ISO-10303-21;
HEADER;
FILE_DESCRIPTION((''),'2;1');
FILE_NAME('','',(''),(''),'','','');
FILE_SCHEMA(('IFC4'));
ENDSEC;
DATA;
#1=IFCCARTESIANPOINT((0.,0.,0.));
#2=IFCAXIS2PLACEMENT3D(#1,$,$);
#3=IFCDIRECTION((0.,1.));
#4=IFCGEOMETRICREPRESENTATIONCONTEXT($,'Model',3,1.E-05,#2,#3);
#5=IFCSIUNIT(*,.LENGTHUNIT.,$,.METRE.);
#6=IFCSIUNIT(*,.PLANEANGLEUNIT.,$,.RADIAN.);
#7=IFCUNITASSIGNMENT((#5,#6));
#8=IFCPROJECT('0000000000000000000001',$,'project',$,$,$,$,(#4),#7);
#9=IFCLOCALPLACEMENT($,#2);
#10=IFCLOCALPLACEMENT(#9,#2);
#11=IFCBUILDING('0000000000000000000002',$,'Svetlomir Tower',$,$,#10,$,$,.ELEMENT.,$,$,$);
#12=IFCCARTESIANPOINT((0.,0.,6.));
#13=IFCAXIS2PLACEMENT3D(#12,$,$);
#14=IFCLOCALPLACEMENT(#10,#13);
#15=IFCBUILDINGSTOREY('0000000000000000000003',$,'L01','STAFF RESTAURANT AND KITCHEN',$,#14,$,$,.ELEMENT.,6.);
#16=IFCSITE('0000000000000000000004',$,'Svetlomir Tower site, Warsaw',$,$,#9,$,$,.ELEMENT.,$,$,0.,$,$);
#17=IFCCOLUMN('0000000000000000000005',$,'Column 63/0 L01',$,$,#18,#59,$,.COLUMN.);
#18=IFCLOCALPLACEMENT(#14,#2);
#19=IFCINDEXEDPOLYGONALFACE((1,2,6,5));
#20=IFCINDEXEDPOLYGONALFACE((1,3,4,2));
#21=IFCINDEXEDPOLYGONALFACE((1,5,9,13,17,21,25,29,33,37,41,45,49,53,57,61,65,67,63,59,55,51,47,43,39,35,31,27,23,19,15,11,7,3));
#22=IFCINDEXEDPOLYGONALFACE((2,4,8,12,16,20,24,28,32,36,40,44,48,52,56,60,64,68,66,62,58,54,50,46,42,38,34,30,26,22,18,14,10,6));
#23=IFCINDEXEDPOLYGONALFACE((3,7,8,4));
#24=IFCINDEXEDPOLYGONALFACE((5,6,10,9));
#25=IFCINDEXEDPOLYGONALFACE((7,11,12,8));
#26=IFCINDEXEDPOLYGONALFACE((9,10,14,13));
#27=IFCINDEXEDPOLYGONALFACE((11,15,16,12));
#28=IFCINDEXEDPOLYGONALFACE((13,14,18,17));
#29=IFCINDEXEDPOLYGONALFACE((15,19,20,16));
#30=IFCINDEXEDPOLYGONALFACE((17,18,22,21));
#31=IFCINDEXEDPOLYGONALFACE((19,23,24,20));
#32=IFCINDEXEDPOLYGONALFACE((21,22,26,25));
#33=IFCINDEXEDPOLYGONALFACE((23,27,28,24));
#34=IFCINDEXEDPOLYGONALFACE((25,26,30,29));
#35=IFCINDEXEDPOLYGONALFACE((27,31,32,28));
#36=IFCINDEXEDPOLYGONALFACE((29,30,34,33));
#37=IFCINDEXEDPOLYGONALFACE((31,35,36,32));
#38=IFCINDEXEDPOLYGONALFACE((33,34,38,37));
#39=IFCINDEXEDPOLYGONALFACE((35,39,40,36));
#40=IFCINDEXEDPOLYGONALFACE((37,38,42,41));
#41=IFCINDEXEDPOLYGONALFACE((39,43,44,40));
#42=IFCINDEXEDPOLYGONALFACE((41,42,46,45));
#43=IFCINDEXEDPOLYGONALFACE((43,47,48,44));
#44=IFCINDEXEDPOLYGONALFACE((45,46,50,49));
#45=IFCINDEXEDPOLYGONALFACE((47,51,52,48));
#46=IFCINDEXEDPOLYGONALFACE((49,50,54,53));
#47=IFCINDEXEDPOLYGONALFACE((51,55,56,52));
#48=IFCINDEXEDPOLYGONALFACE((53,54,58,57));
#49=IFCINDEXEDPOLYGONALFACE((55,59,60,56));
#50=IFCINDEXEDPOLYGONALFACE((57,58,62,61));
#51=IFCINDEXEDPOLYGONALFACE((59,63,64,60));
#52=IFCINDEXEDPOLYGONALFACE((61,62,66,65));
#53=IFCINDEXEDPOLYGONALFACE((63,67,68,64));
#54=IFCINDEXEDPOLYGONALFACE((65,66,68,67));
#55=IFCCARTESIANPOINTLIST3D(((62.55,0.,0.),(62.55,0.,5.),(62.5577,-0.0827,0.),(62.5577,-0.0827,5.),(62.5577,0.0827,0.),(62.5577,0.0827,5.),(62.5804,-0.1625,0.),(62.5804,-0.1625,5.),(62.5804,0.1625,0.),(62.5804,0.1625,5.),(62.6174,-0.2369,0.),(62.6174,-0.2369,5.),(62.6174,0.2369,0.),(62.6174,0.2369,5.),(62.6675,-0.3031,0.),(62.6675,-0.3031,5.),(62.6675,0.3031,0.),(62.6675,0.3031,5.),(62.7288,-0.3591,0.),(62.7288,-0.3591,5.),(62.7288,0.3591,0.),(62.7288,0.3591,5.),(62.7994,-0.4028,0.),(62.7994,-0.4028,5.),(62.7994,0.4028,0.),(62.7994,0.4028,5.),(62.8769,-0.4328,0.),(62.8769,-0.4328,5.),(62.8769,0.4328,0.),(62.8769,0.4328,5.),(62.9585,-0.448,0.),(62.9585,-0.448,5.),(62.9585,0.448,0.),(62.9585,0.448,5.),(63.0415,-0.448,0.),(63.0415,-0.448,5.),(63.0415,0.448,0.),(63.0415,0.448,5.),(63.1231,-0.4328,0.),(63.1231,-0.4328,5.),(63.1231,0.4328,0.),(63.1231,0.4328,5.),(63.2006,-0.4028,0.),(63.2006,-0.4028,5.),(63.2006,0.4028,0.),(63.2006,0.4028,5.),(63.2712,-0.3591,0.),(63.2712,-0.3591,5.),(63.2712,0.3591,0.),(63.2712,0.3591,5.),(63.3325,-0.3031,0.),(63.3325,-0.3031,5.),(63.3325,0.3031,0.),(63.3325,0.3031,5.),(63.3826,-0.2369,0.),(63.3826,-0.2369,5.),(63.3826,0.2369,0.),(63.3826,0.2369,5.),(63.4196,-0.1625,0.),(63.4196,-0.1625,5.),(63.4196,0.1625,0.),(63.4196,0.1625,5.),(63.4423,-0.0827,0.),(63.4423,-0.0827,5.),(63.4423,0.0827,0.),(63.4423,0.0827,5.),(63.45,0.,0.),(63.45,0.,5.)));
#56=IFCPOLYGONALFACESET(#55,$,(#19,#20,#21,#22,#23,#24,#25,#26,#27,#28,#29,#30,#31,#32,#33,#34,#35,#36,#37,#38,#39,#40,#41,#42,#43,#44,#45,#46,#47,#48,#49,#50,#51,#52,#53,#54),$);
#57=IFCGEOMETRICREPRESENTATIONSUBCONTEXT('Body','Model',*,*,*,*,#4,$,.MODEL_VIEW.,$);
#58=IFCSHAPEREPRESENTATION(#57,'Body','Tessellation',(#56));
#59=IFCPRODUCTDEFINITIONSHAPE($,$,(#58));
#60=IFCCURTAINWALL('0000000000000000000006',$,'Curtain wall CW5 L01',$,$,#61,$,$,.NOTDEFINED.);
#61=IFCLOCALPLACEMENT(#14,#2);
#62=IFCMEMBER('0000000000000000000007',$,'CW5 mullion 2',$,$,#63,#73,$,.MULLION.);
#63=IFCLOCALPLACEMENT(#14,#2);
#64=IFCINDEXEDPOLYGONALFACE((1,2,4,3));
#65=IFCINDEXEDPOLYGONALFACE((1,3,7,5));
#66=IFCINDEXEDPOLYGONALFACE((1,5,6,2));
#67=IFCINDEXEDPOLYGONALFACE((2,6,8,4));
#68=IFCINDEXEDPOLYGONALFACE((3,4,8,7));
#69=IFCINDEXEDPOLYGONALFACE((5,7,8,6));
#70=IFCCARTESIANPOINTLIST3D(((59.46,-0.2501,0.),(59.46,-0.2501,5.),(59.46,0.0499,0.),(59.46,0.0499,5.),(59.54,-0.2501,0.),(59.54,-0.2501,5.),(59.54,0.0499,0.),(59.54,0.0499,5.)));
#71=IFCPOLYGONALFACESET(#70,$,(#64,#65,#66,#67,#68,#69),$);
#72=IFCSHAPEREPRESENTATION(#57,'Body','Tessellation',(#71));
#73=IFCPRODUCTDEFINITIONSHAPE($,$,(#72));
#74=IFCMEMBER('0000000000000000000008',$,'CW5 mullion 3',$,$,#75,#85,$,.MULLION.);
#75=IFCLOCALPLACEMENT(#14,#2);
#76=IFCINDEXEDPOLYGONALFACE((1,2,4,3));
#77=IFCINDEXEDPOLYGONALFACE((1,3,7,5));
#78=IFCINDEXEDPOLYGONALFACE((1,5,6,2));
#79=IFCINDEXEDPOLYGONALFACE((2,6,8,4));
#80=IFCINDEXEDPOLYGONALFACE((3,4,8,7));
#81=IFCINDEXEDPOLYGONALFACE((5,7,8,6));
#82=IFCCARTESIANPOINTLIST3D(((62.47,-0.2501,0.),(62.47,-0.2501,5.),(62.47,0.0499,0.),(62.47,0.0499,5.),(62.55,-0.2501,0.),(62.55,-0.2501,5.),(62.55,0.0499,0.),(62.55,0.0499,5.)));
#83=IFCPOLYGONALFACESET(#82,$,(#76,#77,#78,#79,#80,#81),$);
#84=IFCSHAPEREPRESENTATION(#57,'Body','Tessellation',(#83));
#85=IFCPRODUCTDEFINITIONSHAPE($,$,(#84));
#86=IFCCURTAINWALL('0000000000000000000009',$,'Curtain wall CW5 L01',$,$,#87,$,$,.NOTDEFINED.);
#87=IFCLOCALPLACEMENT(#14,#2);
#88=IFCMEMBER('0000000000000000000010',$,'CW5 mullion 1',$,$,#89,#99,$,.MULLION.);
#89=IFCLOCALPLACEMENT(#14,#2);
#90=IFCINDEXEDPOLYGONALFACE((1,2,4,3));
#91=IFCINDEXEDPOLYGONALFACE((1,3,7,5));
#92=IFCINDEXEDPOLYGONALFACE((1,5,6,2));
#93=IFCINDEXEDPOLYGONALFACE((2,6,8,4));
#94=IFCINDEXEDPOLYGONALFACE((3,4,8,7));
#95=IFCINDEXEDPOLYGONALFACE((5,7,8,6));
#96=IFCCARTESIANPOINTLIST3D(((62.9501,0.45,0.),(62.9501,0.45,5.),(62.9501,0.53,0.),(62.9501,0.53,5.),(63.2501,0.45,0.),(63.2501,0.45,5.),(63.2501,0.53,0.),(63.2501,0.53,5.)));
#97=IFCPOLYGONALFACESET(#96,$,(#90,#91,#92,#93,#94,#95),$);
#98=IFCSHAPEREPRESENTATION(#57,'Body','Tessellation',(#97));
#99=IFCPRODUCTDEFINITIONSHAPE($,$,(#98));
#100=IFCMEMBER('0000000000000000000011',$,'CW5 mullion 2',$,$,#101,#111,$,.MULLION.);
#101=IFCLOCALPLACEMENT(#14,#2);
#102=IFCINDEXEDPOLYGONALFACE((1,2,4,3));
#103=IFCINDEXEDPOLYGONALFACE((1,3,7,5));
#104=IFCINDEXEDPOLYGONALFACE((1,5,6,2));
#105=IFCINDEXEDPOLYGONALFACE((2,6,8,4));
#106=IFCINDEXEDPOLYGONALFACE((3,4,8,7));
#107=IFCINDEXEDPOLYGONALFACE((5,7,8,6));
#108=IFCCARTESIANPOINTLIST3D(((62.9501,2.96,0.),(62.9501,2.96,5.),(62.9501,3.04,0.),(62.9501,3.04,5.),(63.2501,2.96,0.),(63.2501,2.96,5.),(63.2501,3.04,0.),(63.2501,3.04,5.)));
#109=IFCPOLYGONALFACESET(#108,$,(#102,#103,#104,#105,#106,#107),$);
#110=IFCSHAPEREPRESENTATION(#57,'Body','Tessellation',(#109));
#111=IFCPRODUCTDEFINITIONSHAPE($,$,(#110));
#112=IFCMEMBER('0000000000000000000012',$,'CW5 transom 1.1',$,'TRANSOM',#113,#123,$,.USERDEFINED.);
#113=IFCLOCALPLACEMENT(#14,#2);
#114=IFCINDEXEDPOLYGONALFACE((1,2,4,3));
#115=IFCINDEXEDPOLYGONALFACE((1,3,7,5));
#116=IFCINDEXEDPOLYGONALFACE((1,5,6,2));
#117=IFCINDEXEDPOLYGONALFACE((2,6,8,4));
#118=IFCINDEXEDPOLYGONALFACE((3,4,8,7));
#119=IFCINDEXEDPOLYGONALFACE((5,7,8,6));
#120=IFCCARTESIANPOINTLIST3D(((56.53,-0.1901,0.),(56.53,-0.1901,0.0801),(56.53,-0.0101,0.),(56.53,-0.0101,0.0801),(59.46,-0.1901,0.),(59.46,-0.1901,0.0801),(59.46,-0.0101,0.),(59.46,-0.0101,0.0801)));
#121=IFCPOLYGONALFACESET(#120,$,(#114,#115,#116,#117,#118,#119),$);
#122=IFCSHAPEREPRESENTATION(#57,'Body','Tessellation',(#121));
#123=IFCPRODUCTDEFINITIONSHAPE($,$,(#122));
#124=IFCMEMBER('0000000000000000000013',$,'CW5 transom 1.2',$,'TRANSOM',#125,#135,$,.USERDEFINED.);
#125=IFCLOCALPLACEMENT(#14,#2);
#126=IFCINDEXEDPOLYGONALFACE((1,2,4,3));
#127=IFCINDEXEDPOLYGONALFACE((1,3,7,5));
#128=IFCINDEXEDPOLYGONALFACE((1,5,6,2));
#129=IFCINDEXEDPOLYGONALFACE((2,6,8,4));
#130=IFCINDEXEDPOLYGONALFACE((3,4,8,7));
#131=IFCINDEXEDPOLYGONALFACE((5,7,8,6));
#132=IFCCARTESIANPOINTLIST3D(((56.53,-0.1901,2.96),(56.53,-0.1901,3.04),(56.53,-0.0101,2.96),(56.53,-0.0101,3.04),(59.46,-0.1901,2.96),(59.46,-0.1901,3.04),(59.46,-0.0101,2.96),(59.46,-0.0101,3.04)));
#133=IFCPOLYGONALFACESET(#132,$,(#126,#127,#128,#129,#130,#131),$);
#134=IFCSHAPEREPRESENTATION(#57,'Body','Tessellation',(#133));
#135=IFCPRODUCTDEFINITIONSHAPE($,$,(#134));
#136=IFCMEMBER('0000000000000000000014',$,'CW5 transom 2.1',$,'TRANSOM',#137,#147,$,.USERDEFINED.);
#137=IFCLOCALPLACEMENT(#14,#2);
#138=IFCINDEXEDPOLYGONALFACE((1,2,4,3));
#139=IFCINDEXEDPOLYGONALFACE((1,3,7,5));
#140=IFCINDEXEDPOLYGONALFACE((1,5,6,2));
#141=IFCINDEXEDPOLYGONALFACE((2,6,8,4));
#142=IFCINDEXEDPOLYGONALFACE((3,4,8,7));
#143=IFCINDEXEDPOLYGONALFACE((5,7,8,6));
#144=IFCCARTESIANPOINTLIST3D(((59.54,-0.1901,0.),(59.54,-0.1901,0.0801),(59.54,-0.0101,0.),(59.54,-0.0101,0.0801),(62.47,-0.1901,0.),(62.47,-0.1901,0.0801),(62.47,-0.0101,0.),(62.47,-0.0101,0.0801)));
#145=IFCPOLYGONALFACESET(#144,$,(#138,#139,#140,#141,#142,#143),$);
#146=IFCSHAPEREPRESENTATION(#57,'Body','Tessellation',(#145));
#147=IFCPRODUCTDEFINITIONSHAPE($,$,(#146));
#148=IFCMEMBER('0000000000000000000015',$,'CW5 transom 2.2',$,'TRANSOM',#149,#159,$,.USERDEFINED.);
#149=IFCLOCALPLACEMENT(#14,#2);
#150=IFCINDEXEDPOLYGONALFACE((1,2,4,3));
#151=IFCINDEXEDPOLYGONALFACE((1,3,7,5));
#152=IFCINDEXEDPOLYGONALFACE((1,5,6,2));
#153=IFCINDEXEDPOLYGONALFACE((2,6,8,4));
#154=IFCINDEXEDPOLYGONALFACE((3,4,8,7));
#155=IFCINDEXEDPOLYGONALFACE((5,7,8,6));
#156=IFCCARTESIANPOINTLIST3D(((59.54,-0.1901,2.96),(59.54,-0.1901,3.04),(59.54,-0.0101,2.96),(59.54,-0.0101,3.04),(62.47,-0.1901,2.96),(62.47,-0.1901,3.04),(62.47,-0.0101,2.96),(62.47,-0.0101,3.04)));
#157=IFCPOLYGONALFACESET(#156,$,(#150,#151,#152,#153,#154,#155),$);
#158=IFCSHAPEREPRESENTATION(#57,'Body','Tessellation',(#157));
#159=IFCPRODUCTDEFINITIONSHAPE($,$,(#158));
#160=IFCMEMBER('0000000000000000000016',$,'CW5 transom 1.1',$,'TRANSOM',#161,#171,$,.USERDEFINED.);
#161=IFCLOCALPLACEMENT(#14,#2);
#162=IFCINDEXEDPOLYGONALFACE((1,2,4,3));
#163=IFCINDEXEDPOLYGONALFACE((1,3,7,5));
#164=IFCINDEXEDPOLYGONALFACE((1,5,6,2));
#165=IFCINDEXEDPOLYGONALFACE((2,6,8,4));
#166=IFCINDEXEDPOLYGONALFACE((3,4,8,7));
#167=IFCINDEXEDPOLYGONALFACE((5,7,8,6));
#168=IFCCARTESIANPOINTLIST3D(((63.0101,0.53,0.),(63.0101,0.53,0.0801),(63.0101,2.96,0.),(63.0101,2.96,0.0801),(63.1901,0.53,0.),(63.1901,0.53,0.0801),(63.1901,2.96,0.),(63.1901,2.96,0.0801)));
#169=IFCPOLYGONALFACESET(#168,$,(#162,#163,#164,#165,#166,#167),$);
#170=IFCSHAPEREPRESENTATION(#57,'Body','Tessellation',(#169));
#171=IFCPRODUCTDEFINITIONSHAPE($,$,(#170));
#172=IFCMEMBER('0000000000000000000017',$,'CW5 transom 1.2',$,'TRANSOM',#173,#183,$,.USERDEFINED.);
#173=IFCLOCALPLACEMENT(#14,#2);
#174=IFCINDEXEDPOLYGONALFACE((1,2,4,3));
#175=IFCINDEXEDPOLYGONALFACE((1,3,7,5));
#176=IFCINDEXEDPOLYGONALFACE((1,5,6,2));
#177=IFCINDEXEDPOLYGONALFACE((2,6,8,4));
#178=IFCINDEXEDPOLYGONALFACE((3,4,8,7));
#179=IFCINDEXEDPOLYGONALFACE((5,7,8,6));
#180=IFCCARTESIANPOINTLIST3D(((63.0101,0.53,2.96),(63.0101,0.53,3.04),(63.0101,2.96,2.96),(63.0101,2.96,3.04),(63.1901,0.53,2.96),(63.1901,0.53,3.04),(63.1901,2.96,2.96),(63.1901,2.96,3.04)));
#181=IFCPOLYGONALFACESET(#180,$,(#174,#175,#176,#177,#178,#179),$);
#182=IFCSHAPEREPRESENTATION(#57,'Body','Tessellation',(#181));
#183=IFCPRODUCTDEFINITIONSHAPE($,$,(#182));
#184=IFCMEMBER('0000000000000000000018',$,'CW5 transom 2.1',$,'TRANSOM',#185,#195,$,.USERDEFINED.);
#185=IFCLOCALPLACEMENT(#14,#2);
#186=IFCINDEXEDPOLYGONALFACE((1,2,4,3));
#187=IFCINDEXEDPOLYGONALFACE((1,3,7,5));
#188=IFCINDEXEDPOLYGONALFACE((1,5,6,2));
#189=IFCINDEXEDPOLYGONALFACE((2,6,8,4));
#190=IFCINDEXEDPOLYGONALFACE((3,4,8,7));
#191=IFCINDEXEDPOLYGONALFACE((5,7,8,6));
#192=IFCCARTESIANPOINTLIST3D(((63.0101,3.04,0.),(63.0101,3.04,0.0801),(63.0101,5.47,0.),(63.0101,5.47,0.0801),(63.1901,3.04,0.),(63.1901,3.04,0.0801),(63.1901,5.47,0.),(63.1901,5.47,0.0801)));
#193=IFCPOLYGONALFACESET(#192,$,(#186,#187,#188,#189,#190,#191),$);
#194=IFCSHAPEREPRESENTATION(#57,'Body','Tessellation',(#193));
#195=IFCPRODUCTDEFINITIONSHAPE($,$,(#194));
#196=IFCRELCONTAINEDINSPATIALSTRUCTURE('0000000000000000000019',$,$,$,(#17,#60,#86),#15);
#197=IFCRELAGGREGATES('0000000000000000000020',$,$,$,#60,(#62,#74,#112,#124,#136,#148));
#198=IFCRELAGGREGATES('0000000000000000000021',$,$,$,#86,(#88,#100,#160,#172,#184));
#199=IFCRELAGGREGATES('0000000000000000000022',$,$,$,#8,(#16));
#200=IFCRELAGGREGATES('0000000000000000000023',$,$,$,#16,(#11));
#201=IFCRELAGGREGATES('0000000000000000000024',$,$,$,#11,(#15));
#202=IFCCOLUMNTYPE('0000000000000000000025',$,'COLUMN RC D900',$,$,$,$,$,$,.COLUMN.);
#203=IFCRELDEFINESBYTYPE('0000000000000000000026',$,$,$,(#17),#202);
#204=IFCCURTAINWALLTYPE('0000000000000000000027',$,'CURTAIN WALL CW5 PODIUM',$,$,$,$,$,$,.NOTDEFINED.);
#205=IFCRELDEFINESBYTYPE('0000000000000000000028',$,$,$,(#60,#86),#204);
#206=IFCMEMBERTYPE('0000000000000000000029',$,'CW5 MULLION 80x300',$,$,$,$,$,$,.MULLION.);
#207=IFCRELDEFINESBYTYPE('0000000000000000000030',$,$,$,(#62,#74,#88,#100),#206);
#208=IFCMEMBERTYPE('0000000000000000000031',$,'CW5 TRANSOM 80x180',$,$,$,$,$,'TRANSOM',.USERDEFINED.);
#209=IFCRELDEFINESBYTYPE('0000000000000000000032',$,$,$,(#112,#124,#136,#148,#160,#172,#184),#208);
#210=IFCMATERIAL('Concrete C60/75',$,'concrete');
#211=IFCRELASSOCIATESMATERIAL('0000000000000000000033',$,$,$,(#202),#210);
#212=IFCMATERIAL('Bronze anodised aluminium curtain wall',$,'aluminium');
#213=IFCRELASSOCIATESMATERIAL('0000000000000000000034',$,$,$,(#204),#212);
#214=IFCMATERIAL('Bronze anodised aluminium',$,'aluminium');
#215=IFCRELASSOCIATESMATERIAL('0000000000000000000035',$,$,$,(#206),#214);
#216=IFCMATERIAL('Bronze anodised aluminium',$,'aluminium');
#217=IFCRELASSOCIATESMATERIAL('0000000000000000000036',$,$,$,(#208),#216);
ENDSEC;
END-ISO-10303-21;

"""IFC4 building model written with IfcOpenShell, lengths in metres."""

from ifc_helpers import new_model, si_unit, direction, frame, origin, origin_2d, place, context, subcontext, project, spatial, rectangle, circle, extrude, material, material_profile, profile_set, type_object, element, aggregate, save


model = new_model("IFC4")

# Units and contexts
model_context = context("Model", 3, precision=1e-05, world=origin(), true_north=direction((0.0, 1.0)))
body_context = subcontext(model_context, "Body", "Model", "MODEL_VIEW")
ifc_project = project(units=[si_unit("LENGTHUNIT", "METRE"), si_unit("PLANEANGLEUNIT", "RADIAN")], contexts=[model_context])

# Site, building, storey
site_placement = place(None, origin())
site = spatial("IfcSite", under=ifc_project, at=site_placement, Name="Svetlomir Tower site, Warsaw", CompositionType="ELEMENT", RefElevation=0.0)
building_placement = place(site_placement, origin())
building = spatial("IfcBuilding", under=site, at=building_placement, Name="Svetlomir Tower", CompositionType="ELEMENT")
storey_placement = place(building_placement, frame((0.0, 0.0, 6.0)))
storey = spatial("IfcBuildingStorey", under=building, at=storey_placement, Name="L01", Description="STAFF RESTAURANT AND KITCHEN", CompositionType="ELEMENT", Elevation=6.0)

# Column
ifc_material_1 = material(Name="Concrete C60/75", Category="concrete")
ifc_material_profile_1 = material_profile(ifc_material_1, circle(Radius=0.45, at=origin_2d()), Name="RC D900")
ifc_profile_set_1 = profile_set([ifc_material_profile_1], Name="Concrete C60/75")
column_type = type_object("IfcColumnType", Name="COLUMN RC D900", PredefinedType="COLUMN", material=ifc_profile_set_1)
column_placement = place(storey_placement, frame((63.0, 0.0, 0.0), z_axis=(0.0, 0.0, 1.0), x_axis=(1.0, 0.0, 0.0)))
element("IfcColumn", 1, at=column_placement, inside=storey, type_object=column_type, Name="Column 63/0 L01", PredefinedType="COLUMN", context=body_context, shape_type="SweptSolid", body=[
    extrude(circle(Radius=0.45, at=origin_2d()), origin(), (0.0, 0.0, 1.0), 5.0),
])

# Curtain walls, members
ifc_material_2 = material(Name="Bronze anodised aluminium curtain wall", Category="aluminium")
curtain_wall_type = type_object("IfcCurtainWallType", Name="CURTAIN WALL CW5 PODIUM", PredefinedType="NOTDEFINED", material=ifc_material_2)
curtain_wall_1_placement = place(storey_placement, origin())
curtain_wall_1 = element("IfcCurtainWall", 2, at=curtain_wall_1_placement, inside=storey, type_object=curtain_wall_type, Name="Curtain wall CW5 L01", PredefinedType="NOTDEFINED")
ifc_material_3 = material(Name="Bronze anodised aluminium", Category="aluminium")
ifc_material_profile_2 = material_profile(ifc_material_3, rectangle(XDim=0.0801, YDim=0.3, at=origin_2d()), Name="AL 80x300")
ifc_profile_set_2 = profile_set([ifc_material_profile_2], Name="Bronze anodised aluminium 6063-T6")
member_type_1 = type_object("IfcMemberType", Name="CW5 MULLION 80x300", PredefinedType="MULLION", material=ifc_profile_set_2)
member_1_placement = place(storey_placement, frame((59.5, -0.1001, 0.0), z_axis=(0.0, 0.0, 1.0), x_axis=(1.0, 0.0, 0.0)))
member_1 = element("IfcMember", 3, at=member_1_placement, type_object=member_type_1, Name="CW5 mullion 2", PredefinedType="MULLION", context=body_context, shape_type="SweptSolid", body=[
    extrude(rectangle(XDim=0.0801, YDim=0.3, at=origin_2d()), origin(), (0.0, 0.0, 1.0), 5.0),
])
member_2_placement = place(storey_placement, frame((62.51, -0.1001, 0.0), z_axis=(0.0, 0.0, 1.0), x_axis=(1.0, 0.0, 0.0)))
member_2 = element("IfcMember", 4, at=member_2_placement, type_object=member_type_1, Name="CW5 mullion 3", PredefinedType="MULLION", context=body_context, shape_type="SweptSolid", body=[
    extrude(rectangle(XDim=0.0801, YDim=0.3, at=origin_2d()), origin(), (0.0, 0.0, 1.0), 5.0),
])
curtain_wall_2_placement = place(storey_placement, origin())
curtain_wall_2 = element("IfcCurtainWall", 5, at=curtain_wall_2_placement, inside=storey, type_object=curtain_wall_type, Name="Curtain wall CW5 L01", PredefinedType="NOTDEFINED")
member_3_placement = place(storey_placement, frame((63.1001, 0.49, 0.0), z_axis=(0.0, 0.0, 1.0), x_axis=(0.0, 1.0, 0.0)))
member_3 = element("IfcMember", 6, at=member_3_placement, type_object=member_type_1, Name="CW5 mullion 1", PredefinedType="MULLION", context=body_context, shape_type="SweptSolid", body=[
    extrude(rectangle(XDim=0.0801, YDim=0.3, at=origin_2d()), origin(), (0.0, 0.0, 1.0), 5.0),
])
member_4_placement = place(storey_placement, frame((63.1001, 3.0, 0.0), z_axis=(0.0, 0.0, 1.0), x_axis=(0.0, 1.0, 0.0)))
member_4 = element("IfcMember", 7, at=member_4_placement, type_object=member_type_1, Name="CW5 mullion 2", PredefinedType="MULLION", context=body_context, shape_type="SweptSolid", body=[
    extrude(rectangle(XDim=0.0801, YDim=0.3, at=origin_2d()), origin(), (0.0, 0.0, 1.0), 5.0),
])

# Members
ifc_material_4 = material(Name="Bronze anodised aluminium", Category="aluminium")
ifc_material_profile_3 = material_profile(ifc_material_4, rectangle(XDim=0.1799, YDim=0.0801, at=origin_2d()), Name="AL 180x80")
ifc_profile_set_3 = profile_set([ifc_material_profile_3], Name="Bronze anodised aluminium 6063-T6")
member_type_2 = type_object("IfcMemberType", Name="CW5 TRANSOM 80x180", ElementType="TRANSOM", PredefinedType="USERDEFINED", material=ifc_profile_set_3)
member_5_placement = place(storey_placement, frame((56.53, -0.1001, 0.04), z_axis=(1.0, 0.0, 0.0), x_axis=(0.0, 1.0, 0.0)))
member_5 = element("IfcMember", 8, at=member_5_placement, type_object=member_type_2, Name="CW5 transom 1.1", ObjectType="TRANSOM", PredefinedType="USERDEFINED", context=body_context, shape_type="SweptSolid", body=[
    extrude(rectangle(XDim=0.1799, YDim=0.0801, at=origin_2d()), origin(), (0.0, 0.0, 1.0), 2.9299),
])
member_6_placement = place(storey_placement, frame((56.53, -0.1001, 3.0), z_axis=(1.0, 0.0, 0.0), x_axis=(0.0, 1.0, 0.0)))
member_6 = element("IfcMember", 9, at=member_6_placement, type_object=member_type_2, Name="CW5 transom 1.2", ObjectType="TRANSOM", PredefinedType="USERDEFINED", context=body_context, shape_type="SweptSolid", body=[
    extrude(rectangle(XDim=0.1799, YDim=0.0801, at=origin_2d()), origin(), (0.0, 0.0, 1.0), 2.9299),
])
member_7_placement = place(storey_placement, frame((59.54, -0.1001, 0.04), z_axis=(1.0, 0.0, 0.0), x_axis=(0.0, 1.0, 0.0)))
member_7 = element("IfcMember", 10, at=member_7_placement, type_object=member_type_2, Name="CW5 transom 2.1", ObjectType="TRANSOM", PredefinedType="USERDEFINED", context=body_context, shape_type="SweptSolid", body=[
    extrude(rectangle(XDim=0.1799, YDim=0.0801, at=origin_2d()), origin(), (0.0, 0.0, 1.0), 2.9299),
])
member_8_placement = place(storey_placement, frame((59.54, -0.1001, 3.0), z_axis=(1.0, 0.0, 0.0), x_axis=(0.0, 1.0, 0.0)))
member_8 = element("IfcMember", 11, at=member_8_placement, type_object=member_type_2, Name="CW5 transom 2.2", ObjectType="TRANSOM", PredefinedType="USERDEFINED", context=body_context, shape_type="SweptSolid", body=[
    extrude(rectangle(XDim=0.1799, YDim=0.0801, at=origin_2d()), origin(), (0.0, 0.0, 1.0), 2.9299),
])
member_9_placement = place(storey_placement, frame((63.1001, 0.53, 0.04), z_axis=(0.0, 1.0, 0.0), x_axis=(-1.0, 0.0, 0.0)))
member_9 = element("IfcMember", 12, at=member_9_placement, type_object=member_type_2, Name="CW5 transom 1.1", ObjectType="TRANSOM", PredefinedType="USERDEFINED", context=body_context, shape_type="SweptSolid", body=[
    extrude(rectangle(XDim=0.1799, YDim=0.0801, at=origin_2d()), origin(), (0.0, 0.0, 1.0), 2.4299),
])
member_10_placement = place(storey_placement, frame((63.1001, 0.53, 3.0), z_axis=(0.0, 1.0, 0.0), x_axis=(-1.0, 0.0, 0.0)))
member_10 = element("IfcMember", 13, at=member_10_placement, type_object=member_type_2, Name="CW5 transom 1.2", ObjectType="TRANSOM", PredefinedType="USERDEFINED", context=body_context, shape_type="SweptSolid", body=[
    extrude(rectangle(XDim=0.1799, YDim=0.0801, at=origin_2d()), origin(), (0.0, 0.0, 1.0), 2.4299),
])
member_11_placement = place(storey_placement, frame((63.1001, 3.04, 0.04), z_axis=(0.0, 1.0, 0.0), x_axis=(-1.0, 0.0, 0.0)))
member_11 = element("IfcMember", 14, at=member_11_placement, type_object=member_type_2, Name="CW5 transom 2.1", ObjectType="TRANSOM", PredefinedType="USERDEFINED", context=body_context, shape_type="SweptSolid", body=[
    extrude(rectangle(XDim=0.1799, YDim=0.0801, at=origin_2d()), origin(), (0.0, 0.0, 1.0), 2.4299),
])

aggregate(curtain_wall_1, [member_1, member_2, member_5, member_6, member_7, member_8])
aggregate(curtain_wall_2, [member_3, member_4, member_9, member_10, member_11])

save(model, "model.ifc")
